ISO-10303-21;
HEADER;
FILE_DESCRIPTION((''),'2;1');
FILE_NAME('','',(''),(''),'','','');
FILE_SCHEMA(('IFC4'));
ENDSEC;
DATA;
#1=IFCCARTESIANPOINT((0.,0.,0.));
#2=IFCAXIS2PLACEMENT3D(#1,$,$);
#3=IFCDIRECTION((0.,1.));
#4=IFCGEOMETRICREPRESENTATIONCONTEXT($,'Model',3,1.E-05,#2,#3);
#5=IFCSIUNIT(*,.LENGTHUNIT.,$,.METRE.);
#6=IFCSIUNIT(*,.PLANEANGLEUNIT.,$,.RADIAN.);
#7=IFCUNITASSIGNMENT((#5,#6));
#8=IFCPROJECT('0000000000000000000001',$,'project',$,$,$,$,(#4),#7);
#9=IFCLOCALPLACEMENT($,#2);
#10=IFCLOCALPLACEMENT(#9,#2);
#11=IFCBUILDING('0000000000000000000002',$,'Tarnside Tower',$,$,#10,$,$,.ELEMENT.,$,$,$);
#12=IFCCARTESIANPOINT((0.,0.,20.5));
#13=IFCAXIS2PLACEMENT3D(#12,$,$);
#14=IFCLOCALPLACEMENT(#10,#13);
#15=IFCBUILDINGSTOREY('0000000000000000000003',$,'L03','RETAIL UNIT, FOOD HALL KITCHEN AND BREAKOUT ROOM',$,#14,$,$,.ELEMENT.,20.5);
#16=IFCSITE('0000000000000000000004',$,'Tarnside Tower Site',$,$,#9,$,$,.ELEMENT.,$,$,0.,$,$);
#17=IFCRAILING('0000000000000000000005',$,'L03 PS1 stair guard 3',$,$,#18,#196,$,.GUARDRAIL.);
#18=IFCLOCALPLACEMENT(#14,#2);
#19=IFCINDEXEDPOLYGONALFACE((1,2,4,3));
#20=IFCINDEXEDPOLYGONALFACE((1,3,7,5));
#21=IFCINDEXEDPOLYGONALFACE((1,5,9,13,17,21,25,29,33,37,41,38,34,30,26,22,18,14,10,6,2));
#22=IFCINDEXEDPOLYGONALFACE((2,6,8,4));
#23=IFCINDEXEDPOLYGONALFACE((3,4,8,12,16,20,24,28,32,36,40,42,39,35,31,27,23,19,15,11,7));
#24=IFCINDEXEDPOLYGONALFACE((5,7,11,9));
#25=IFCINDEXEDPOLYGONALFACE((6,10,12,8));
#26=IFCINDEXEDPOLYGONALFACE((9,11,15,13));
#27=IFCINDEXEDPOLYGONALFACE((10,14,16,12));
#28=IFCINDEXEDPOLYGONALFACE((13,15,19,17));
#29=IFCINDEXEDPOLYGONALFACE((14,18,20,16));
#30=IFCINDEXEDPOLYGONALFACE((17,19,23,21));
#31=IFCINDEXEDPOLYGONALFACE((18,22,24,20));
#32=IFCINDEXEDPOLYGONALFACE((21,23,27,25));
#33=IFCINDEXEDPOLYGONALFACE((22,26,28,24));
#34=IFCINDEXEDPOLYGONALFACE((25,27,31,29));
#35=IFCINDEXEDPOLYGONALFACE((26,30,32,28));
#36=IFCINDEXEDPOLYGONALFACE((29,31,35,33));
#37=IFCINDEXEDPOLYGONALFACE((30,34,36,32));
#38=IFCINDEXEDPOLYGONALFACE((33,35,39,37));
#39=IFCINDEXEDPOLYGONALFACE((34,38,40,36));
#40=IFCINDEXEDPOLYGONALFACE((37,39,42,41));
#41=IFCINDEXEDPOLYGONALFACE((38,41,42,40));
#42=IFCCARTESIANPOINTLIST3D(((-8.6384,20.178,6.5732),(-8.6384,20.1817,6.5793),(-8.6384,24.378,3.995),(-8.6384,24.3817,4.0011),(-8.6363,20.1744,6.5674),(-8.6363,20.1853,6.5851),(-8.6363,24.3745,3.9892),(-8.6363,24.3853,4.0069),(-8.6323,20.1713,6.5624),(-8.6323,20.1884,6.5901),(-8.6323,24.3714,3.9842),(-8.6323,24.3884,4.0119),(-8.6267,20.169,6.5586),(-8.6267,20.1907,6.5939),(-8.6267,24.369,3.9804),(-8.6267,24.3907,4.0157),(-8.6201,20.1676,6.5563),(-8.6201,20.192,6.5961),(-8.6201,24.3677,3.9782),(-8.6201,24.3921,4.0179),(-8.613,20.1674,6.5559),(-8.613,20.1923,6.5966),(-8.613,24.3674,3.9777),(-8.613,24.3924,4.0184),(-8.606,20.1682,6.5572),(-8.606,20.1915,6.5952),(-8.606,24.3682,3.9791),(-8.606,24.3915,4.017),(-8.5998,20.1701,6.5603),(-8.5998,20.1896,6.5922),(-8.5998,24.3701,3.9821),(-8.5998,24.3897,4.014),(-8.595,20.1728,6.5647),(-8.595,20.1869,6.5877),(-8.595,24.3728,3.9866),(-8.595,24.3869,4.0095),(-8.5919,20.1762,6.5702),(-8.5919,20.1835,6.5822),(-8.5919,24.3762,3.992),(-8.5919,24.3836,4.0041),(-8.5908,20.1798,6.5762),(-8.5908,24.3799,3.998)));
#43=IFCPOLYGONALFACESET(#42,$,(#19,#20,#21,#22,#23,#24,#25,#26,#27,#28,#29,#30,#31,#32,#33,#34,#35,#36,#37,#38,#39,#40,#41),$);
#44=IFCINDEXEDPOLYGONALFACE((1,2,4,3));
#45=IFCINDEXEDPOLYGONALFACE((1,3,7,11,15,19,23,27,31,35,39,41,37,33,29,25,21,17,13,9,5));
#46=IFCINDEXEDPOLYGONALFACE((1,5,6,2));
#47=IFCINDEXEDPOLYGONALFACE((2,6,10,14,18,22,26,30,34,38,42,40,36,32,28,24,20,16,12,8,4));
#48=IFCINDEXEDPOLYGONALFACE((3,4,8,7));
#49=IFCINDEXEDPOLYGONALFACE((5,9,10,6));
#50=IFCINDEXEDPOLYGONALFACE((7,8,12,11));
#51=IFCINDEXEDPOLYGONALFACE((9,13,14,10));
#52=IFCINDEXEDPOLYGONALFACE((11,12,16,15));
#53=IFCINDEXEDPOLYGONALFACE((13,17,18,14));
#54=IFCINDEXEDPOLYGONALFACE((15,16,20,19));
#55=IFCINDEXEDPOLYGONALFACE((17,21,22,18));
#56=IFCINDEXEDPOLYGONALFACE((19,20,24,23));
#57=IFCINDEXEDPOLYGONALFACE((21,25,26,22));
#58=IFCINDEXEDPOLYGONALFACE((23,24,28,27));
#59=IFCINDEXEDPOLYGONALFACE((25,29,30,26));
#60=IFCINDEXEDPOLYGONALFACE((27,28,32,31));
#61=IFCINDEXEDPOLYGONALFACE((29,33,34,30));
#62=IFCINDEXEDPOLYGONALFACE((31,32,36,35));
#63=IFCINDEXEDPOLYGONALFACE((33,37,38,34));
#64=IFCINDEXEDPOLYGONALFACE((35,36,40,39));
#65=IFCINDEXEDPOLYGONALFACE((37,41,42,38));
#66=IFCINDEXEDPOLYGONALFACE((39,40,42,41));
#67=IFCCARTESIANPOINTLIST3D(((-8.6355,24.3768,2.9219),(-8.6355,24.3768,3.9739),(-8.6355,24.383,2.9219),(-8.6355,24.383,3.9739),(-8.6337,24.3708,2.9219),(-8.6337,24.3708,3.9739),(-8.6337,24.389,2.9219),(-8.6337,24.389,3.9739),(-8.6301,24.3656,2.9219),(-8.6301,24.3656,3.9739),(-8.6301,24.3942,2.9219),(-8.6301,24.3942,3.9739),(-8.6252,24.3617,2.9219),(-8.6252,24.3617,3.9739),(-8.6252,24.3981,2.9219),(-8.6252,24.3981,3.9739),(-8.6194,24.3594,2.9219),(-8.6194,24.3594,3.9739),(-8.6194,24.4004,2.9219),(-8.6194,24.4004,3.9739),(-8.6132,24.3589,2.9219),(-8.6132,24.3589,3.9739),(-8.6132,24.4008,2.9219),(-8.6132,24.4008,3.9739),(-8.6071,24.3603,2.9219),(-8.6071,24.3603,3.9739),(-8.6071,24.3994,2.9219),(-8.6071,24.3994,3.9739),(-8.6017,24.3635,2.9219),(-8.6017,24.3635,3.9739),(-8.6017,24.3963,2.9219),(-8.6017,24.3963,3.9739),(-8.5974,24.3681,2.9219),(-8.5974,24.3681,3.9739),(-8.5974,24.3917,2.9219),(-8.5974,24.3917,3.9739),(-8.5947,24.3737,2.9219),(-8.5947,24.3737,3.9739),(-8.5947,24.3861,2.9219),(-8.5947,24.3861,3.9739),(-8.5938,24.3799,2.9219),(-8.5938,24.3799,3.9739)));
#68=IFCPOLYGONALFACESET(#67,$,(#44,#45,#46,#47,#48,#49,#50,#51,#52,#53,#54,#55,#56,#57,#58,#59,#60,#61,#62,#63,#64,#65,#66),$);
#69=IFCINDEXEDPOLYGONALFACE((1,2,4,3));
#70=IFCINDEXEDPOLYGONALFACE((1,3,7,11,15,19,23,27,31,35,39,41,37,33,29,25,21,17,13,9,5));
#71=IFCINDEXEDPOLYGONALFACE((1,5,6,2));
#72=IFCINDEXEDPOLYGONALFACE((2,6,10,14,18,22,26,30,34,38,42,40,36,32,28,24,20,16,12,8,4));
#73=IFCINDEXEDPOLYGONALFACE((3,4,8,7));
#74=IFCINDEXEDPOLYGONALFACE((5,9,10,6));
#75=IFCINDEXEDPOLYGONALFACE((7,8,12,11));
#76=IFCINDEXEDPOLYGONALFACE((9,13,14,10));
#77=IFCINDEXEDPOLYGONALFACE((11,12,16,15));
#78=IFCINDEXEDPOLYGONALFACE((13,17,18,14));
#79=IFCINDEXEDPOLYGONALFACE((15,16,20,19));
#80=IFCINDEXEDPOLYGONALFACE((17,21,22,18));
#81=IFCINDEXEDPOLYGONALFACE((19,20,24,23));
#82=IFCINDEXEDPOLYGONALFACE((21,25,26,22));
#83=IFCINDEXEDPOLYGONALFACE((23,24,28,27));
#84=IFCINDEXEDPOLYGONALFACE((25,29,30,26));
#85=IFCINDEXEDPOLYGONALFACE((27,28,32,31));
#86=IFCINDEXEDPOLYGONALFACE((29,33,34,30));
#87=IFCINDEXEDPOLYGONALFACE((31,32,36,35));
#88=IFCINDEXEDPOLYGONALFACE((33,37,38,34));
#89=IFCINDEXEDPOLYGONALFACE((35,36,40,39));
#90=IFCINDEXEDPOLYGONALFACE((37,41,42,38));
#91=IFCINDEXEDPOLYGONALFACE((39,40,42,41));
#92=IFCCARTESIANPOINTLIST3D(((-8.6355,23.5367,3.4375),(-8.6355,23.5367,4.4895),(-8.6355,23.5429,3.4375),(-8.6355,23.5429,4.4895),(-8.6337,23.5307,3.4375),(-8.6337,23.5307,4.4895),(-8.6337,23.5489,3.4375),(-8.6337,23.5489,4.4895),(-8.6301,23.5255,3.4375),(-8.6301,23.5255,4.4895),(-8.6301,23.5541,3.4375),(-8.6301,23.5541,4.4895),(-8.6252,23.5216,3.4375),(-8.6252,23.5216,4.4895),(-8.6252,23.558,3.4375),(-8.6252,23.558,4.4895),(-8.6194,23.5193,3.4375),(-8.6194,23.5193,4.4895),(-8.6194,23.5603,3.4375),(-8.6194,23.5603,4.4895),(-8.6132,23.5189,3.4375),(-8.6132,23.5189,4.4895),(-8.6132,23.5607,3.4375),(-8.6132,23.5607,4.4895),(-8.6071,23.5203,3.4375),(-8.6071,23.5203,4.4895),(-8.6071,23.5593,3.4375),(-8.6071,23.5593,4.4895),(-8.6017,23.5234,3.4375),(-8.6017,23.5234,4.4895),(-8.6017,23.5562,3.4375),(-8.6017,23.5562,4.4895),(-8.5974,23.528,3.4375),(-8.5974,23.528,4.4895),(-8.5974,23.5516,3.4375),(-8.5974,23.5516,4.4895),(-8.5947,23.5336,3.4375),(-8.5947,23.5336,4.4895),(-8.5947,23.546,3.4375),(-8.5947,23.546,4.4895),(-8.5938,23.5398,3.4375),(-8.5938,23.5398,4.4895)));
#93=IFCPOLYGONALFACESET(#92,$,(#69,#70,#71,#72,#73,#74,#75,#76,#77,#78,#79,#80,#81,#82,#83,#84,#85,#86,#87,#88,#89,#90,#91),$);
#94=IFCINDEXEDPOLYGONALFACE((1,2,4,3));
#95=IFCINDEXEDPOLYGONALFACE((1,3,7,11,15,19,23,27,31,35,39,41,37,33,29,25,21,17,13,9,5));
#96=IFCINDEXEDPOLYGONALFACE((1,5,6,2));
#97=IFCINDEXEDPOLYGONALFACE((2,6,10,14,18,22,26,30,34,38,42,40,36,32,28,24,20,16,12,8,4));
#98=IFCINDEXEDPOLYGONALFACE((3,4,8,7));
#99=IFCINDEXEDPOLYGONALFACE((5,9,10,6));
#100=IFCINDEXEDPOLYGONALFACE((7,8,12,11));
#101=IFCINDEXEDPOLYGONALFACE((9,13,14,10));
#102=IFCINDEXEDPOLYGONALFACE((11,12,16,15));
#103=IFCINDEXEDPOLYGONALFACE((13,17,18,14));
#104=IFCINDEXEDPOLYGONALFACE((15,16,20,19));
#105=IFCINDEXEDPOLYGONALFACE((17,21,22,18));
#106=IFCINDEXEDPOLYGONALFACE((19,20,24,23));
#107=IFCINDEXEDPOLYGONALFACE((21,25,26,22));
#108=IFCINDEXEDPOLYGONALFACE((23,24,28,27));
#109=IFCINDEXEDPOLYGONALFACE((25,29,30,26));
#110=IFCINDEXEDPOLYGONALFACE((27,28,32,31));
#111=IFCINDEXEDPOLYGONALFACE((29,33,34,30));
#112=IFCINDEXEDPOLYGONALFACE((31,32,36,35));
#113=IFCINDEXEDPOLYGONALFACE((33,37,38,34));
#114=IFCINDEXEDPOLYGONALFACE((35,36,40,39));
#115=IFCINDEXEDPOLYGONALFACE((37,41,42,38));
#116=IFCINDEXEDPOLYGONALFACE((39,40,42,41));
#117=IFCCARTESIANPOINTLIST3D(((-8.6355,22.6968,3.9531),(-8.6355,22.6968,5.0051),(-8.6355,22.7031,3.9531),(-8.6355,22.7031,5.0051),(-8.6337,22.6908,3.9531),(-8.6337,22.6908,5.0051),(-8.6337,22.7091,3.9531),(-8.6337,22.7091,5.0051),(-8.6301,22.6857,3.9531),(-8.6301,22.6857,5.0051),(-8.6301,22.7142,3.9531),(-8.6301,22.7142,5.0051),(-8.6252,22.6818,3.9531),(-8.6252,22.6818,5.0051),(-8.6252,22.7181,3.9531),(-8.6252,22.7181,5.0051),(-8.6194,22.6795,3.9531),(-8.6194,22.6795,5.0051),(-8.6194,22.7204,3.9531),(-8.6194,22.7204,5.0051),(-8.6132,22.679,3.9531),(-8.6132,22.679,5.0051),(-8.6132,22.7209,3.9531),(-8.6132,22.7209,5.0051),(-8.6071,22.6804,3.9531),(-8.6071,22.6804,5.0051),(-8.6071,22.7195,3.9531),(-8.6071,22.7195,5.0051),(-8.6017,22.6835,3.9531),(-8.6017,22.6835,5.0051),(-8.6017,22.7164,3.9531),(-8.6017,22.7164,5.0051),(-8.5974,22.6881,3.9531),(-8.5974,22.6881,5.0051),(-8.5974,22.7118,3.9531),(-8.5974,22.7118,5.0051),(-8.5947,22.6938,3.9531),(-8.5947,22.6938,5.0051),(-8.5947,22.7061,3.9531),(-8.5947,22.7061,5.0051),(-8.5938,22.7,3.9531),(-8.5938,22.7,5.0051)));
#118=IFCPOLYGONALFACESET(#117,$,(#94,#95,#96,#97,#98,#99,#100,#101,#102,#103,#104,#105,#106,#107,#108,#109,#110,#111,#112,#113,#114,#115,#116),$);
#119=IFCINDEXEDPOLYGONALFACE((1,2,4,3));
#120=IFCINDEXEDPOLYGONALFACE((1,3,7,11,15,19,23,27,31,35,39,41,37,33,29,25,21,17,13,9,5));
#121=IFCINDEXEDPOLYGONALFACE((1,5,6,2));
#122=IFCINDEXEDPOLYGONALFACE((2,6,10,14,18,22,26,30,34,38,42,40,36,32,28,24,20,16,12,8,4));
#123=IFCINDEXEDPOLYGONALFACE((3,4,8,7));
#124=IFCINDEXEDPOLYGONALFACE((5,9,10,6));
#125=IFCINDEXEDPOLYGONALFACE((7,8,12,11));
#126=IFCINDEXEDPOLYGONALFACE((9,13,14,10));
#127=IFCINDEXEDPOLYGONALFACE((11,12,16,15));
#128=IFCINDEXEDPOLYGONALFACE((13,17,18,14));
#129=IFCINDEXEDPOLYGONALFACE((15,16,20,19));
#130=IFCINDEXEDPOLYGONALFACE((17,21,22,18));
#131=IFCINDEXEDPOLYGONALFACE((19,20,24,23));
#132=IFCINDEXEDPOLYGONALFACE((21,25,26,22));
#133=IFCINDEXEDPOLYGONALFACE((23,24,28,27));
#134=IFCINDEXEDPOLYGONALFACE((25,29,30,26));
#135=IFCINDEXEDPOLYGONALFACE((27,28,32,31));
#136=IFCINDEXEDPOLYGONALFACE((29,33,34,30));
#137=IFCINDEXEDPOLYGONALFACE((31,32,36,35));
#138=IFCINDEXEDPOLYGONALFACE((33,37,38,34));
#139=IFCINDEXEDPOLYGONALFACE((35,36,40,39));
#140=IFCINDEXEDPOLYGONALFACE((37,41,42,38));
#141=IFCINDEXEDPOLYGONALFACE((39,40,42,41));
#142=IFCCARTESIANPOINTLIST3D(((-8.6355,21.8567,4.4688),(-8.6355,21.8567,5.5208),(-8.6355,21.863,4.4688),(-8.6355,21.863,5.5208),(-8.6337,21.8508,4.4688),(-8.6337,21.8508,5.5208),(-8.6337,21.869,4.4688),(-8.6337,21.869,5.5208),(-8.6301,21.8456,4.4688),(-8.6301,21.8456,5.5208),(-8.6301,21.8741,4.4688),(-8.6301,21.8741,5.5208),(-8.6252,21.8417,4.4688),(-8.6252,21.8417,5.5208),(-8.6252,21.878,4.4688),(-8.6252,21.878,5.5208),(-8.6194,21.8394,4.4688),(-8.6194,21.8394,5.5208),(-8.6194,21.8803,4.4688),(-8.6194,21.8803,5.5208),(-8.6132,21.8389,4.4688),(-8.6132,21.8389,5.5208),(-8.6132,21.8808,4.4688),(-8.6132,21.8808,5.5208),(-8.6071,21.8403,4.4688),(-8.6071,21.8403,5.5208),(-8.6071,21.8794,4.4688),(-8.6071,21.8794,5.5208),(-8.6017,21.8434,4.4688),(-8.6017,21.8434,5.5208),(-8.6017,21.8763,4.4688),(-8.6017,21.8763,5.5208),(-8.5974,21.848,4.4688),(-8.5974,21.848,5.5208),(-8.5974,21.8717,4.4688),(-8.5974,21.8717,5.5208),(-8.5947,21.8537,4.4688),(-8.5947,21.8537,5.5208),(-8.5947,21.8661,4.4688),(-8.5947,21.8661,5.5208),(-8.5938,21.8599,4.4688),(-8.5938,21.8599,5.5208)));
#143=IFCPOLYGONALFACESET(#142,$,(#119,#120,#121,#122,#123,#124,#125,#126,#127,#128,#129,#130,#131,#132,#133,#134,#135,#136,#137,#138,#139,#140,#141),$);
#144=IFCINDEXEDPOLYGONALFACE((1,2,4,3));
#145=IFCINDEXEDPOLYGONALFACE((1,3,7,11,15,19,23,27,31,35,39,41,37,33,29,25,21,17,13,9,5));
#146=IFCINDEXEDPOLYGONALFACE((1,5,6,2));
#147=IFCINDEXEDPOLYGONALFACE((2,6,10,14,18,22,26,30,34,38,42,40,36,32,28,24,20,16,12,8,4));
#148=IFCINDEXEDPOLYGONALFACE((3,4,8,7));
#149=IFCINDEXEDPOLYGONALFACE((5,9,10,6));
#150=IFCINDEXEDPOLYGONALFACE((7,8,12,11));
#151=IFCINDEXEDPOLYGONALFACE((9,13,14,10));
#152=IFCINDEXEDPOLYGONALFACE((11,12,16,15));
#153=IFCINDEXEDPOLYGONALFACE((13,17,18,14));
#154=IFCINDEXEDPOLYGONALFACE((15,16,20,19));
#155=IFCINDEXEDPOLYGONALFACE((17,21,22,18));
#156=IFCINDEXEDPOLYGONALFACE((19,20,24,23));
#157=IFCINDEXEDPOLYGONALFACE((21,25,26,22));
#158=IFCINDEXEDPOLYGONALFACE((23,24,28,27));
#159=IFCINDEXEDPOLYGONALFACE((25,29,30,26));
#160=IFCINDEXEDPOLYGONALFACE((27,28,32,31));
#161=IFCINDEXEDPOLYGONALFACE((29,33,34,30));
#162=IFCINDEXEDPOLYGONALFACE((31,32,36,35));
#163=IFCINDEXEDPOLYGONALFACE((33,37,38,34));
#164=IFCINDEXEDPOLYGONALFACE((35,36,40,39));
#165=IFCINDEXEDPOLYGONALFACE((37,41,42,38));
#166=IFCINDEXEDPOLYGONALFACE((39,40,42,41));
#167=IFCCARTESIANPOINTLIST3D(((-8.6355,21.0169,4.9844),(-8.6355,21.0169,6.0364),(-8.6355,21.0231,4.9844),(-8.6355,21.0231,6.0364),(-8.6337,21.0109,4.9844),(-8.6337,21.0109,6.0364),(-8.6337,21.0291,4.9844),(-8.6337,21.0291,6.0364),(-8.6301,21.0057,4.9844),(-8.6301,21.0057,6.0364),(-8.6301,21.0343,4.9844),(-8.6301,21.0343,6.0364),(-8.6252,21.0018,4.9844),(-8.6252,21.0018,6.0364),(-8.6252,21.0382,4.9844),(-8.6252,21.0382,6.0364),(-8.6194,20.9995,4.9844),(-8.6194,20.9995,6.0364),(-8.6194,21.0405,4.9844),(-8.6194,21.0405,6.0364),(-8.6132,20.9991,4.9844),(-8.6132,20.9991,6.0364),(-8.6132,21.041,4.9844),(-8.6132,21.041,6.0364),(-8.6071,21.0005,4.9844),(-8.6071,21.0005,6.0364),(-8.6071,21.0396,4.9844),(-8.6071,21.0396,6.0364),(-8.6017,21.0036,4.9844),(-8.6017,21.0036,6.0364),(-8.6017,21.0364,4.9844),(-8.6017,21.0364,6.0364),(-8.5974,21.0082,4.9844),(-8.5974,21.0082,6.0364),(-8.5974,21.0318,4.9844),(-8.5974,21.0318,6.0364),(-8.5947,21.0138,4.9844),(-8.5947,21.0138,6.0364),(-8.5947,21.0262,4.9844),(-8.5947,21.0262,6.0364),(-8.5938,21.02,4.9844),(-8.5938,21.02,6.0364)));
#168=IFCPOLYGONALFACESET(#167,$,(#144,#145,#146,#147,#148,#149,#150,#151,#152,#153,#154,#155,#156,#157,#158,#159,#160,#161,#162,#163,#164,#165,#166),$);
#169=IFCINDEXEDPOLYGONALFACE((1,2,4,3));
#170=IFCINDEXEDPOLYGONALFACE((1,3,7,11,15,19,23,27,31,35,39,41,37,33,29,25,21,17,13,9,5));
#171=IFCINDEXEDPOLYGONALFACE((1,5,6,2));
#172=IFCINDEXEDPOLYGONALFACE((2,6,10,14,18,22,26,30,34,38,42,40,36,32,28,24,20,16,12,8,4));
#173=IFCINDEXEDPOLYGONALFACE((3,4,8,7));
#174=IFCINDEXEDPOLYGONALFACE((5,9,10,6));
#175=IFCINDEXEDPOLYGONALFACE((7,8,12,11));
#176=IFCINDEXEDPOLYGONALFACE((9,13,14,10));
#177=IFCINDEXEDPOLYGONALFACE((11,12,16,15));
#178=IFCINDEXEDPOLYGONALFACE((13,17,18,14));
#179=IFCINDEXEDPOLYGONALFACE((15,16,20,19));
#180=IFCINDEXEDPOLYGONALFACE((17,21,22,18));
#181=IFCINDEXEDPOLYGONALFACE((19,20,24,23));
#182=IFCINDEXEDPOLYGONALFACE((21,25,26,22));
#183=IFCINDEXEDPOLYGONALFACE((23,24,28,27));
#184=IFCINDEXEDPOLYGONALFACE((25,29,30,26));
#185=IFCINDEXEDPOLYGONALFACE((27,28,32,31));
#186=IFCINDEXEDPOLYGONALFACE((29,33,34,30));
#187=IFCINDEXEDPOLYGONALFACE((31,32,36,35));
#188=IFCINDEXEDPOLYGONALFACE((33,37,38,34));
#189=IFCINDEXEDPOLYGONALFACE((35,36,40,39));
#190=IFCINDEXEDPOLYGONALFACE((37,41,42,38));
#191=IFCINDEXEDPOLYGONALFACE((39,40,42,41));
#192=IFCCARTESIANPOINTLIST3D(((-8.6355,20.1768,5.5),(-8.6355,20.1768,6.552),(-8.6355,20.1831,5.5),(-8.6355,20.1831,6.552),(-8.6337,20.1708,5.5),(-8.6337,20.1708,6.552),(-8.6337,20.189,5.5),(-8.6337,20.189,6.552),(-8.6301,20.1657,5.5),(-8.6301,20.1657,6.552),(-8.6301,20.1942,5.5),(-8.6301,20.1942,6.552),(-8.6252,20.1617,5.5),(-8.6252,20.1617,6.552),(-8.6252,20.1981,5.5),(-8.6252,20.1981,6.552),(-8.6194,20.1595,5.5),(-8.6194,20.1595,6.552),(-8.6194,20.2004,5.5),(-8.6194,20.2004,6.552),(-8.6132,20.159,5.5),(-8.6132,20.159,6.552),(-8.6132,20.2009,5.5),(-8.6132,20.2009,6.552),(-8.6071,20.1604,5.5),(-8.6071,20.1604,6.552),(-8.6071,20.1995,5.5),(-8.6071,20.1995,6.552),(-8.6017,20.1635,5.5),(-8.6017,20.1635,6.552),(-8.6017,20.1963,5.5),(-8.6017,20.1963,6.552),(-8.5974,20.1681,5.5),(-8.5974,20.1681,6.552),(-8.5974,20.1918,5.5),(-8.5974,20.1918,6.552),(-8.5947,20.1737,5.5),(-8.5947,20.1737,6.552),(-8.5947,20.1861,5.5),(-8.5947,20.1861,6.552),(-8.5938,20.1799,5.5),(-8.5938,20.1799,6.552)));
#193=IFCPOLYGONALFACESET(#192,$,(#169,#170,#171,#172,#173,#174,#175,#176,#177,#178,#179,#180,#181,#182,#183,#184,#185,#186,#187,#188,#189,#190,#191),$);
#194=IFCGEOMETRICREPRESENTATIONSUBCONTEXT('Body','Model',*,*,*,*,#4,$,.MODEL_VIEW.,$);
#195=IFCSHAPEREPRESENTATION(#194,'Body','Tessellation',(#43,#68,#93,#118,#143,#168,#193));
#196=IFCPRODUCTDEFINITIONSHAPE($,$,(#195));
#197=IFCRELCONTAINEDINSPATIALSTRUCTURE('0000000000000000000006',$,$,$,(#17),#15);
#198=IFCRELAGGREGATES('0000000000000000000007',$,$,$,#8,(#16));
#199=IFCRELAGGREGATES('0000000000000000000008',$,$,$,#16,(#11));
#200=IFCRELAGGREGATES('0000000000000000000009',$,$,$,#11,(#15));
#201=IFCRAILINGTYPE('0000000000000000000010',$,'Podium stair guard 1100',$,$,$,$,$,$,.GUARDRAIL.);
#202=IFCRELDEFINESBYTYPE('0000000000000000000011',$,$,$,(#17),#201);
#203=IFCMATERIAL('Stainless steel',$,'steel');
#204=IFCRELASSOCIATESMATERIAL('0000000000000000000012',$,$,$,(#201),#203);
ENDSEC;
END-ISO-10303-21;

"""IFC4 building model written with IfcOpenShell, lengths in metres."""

from ifc_helpers import new_model, si_unit, direction, frame, origin, origin_2d, place, context, subcontext, project, spatial, circle, extrude, material, type_object, element, save


model = new_model("IFC4")

# Units and contexts
model_context = context("Model", 3, precision=1e-05, world=origin(), true_north=direction((0.0, 1.0)))
body_context = subcontext(model_context, "Body", "Model", "MODEL_VIEW")
ifc_project = project(units=[si_unit("LENGTHUNIT", "METRE"), si_unit("PLANEANGLEUNIT", "RADIAN")], contexts=[model_context])

# Site, building, storey
site_placement = place(None, origin())
site = spatial("IfcSite", under=ifc_project, at=site_placement, Name="Tarnside Tower Site", CompositionType="ELEMENT", RefElevation=0.0)
building_placement = place(site_placement, origin())
building = spatial("IfcBuilding", under=site, at=building_placement, Name="Tarnside Tower", CompositionType="ELEMENT")
storey_placement = place(building_placement, frame((0.0, 0.0, 20.5)))
storey = spatial("IfcBuildingStorey", under=building, at=storey_placement, Name="L03", Description="RETAIL UNIT, FOOD HALL KITCHEN AND BREAKOUT ROOM", CompositionType="ELEMENT", Elevation=20.5)

# Railing
ifc_material_1 = material(Name="Stainless steel", Category="steel")
railing_type_1 = type_object("IfcRailingType", Name="Podium stair guard 1100", PredefinedType="GUARDRAIL", material=ifc_material_1)
railing_1_placement = place(storey_placement, frame((-8.6147, 24.3799, 2.9219)))
element("IfcRailing", 1, at=railing_1_placement, inside=storey, type_object=railing_type_1, Name="L03 PS1 stair guard 3", PredefinedType="GUARDRAIL", context=body_context, shape_type="SweptSolid", body=[
    extrude(circle(Radius=0.0239, at=origin_2d()), frame((0.0, 0.0, 1.0762), z_axis=(0.0, -0.852243, 0.523146), x_axis=(1.0, 0.0, 0.0)), (0.0, 0.0, 1.0), 4.9282),
    extrude(circle(Radius=0.021, at=origin_2d()), origin(), (0.0, 0.0, 1.0), 1.052),
    extrude(circle(Radius=0.021, at=origin_2d()), frame((0.0, -0.8401, 0.5156)), (0.0, 0.0, 1.0), 1.052),
    extrude(circle(Radius=0.021, at=origin_2d()), frame((0.0, -1.6799, 1.0312)), (0.0, 0.0, 1.0), 1.052),
    extrude(circle(Radius=0.021, at=origin_2d()), frame((0.0, -2.52, 1.5469)), (0.0, 0.0, 1.0), 1.052),
    extrude(circle(Radius=0.021, at=origin_2d()), frame((0.0, -3.3599, 2.0625)), (0.0, 0.0, 1.0), 1.052),
    extrude(circle(Radius=0.021, at=origin_2d()), frame((0.0, -4.2, 2.5781)), (0.0, 0.0, 1.0), 1.052),
])

save(model, "model.ifc")
